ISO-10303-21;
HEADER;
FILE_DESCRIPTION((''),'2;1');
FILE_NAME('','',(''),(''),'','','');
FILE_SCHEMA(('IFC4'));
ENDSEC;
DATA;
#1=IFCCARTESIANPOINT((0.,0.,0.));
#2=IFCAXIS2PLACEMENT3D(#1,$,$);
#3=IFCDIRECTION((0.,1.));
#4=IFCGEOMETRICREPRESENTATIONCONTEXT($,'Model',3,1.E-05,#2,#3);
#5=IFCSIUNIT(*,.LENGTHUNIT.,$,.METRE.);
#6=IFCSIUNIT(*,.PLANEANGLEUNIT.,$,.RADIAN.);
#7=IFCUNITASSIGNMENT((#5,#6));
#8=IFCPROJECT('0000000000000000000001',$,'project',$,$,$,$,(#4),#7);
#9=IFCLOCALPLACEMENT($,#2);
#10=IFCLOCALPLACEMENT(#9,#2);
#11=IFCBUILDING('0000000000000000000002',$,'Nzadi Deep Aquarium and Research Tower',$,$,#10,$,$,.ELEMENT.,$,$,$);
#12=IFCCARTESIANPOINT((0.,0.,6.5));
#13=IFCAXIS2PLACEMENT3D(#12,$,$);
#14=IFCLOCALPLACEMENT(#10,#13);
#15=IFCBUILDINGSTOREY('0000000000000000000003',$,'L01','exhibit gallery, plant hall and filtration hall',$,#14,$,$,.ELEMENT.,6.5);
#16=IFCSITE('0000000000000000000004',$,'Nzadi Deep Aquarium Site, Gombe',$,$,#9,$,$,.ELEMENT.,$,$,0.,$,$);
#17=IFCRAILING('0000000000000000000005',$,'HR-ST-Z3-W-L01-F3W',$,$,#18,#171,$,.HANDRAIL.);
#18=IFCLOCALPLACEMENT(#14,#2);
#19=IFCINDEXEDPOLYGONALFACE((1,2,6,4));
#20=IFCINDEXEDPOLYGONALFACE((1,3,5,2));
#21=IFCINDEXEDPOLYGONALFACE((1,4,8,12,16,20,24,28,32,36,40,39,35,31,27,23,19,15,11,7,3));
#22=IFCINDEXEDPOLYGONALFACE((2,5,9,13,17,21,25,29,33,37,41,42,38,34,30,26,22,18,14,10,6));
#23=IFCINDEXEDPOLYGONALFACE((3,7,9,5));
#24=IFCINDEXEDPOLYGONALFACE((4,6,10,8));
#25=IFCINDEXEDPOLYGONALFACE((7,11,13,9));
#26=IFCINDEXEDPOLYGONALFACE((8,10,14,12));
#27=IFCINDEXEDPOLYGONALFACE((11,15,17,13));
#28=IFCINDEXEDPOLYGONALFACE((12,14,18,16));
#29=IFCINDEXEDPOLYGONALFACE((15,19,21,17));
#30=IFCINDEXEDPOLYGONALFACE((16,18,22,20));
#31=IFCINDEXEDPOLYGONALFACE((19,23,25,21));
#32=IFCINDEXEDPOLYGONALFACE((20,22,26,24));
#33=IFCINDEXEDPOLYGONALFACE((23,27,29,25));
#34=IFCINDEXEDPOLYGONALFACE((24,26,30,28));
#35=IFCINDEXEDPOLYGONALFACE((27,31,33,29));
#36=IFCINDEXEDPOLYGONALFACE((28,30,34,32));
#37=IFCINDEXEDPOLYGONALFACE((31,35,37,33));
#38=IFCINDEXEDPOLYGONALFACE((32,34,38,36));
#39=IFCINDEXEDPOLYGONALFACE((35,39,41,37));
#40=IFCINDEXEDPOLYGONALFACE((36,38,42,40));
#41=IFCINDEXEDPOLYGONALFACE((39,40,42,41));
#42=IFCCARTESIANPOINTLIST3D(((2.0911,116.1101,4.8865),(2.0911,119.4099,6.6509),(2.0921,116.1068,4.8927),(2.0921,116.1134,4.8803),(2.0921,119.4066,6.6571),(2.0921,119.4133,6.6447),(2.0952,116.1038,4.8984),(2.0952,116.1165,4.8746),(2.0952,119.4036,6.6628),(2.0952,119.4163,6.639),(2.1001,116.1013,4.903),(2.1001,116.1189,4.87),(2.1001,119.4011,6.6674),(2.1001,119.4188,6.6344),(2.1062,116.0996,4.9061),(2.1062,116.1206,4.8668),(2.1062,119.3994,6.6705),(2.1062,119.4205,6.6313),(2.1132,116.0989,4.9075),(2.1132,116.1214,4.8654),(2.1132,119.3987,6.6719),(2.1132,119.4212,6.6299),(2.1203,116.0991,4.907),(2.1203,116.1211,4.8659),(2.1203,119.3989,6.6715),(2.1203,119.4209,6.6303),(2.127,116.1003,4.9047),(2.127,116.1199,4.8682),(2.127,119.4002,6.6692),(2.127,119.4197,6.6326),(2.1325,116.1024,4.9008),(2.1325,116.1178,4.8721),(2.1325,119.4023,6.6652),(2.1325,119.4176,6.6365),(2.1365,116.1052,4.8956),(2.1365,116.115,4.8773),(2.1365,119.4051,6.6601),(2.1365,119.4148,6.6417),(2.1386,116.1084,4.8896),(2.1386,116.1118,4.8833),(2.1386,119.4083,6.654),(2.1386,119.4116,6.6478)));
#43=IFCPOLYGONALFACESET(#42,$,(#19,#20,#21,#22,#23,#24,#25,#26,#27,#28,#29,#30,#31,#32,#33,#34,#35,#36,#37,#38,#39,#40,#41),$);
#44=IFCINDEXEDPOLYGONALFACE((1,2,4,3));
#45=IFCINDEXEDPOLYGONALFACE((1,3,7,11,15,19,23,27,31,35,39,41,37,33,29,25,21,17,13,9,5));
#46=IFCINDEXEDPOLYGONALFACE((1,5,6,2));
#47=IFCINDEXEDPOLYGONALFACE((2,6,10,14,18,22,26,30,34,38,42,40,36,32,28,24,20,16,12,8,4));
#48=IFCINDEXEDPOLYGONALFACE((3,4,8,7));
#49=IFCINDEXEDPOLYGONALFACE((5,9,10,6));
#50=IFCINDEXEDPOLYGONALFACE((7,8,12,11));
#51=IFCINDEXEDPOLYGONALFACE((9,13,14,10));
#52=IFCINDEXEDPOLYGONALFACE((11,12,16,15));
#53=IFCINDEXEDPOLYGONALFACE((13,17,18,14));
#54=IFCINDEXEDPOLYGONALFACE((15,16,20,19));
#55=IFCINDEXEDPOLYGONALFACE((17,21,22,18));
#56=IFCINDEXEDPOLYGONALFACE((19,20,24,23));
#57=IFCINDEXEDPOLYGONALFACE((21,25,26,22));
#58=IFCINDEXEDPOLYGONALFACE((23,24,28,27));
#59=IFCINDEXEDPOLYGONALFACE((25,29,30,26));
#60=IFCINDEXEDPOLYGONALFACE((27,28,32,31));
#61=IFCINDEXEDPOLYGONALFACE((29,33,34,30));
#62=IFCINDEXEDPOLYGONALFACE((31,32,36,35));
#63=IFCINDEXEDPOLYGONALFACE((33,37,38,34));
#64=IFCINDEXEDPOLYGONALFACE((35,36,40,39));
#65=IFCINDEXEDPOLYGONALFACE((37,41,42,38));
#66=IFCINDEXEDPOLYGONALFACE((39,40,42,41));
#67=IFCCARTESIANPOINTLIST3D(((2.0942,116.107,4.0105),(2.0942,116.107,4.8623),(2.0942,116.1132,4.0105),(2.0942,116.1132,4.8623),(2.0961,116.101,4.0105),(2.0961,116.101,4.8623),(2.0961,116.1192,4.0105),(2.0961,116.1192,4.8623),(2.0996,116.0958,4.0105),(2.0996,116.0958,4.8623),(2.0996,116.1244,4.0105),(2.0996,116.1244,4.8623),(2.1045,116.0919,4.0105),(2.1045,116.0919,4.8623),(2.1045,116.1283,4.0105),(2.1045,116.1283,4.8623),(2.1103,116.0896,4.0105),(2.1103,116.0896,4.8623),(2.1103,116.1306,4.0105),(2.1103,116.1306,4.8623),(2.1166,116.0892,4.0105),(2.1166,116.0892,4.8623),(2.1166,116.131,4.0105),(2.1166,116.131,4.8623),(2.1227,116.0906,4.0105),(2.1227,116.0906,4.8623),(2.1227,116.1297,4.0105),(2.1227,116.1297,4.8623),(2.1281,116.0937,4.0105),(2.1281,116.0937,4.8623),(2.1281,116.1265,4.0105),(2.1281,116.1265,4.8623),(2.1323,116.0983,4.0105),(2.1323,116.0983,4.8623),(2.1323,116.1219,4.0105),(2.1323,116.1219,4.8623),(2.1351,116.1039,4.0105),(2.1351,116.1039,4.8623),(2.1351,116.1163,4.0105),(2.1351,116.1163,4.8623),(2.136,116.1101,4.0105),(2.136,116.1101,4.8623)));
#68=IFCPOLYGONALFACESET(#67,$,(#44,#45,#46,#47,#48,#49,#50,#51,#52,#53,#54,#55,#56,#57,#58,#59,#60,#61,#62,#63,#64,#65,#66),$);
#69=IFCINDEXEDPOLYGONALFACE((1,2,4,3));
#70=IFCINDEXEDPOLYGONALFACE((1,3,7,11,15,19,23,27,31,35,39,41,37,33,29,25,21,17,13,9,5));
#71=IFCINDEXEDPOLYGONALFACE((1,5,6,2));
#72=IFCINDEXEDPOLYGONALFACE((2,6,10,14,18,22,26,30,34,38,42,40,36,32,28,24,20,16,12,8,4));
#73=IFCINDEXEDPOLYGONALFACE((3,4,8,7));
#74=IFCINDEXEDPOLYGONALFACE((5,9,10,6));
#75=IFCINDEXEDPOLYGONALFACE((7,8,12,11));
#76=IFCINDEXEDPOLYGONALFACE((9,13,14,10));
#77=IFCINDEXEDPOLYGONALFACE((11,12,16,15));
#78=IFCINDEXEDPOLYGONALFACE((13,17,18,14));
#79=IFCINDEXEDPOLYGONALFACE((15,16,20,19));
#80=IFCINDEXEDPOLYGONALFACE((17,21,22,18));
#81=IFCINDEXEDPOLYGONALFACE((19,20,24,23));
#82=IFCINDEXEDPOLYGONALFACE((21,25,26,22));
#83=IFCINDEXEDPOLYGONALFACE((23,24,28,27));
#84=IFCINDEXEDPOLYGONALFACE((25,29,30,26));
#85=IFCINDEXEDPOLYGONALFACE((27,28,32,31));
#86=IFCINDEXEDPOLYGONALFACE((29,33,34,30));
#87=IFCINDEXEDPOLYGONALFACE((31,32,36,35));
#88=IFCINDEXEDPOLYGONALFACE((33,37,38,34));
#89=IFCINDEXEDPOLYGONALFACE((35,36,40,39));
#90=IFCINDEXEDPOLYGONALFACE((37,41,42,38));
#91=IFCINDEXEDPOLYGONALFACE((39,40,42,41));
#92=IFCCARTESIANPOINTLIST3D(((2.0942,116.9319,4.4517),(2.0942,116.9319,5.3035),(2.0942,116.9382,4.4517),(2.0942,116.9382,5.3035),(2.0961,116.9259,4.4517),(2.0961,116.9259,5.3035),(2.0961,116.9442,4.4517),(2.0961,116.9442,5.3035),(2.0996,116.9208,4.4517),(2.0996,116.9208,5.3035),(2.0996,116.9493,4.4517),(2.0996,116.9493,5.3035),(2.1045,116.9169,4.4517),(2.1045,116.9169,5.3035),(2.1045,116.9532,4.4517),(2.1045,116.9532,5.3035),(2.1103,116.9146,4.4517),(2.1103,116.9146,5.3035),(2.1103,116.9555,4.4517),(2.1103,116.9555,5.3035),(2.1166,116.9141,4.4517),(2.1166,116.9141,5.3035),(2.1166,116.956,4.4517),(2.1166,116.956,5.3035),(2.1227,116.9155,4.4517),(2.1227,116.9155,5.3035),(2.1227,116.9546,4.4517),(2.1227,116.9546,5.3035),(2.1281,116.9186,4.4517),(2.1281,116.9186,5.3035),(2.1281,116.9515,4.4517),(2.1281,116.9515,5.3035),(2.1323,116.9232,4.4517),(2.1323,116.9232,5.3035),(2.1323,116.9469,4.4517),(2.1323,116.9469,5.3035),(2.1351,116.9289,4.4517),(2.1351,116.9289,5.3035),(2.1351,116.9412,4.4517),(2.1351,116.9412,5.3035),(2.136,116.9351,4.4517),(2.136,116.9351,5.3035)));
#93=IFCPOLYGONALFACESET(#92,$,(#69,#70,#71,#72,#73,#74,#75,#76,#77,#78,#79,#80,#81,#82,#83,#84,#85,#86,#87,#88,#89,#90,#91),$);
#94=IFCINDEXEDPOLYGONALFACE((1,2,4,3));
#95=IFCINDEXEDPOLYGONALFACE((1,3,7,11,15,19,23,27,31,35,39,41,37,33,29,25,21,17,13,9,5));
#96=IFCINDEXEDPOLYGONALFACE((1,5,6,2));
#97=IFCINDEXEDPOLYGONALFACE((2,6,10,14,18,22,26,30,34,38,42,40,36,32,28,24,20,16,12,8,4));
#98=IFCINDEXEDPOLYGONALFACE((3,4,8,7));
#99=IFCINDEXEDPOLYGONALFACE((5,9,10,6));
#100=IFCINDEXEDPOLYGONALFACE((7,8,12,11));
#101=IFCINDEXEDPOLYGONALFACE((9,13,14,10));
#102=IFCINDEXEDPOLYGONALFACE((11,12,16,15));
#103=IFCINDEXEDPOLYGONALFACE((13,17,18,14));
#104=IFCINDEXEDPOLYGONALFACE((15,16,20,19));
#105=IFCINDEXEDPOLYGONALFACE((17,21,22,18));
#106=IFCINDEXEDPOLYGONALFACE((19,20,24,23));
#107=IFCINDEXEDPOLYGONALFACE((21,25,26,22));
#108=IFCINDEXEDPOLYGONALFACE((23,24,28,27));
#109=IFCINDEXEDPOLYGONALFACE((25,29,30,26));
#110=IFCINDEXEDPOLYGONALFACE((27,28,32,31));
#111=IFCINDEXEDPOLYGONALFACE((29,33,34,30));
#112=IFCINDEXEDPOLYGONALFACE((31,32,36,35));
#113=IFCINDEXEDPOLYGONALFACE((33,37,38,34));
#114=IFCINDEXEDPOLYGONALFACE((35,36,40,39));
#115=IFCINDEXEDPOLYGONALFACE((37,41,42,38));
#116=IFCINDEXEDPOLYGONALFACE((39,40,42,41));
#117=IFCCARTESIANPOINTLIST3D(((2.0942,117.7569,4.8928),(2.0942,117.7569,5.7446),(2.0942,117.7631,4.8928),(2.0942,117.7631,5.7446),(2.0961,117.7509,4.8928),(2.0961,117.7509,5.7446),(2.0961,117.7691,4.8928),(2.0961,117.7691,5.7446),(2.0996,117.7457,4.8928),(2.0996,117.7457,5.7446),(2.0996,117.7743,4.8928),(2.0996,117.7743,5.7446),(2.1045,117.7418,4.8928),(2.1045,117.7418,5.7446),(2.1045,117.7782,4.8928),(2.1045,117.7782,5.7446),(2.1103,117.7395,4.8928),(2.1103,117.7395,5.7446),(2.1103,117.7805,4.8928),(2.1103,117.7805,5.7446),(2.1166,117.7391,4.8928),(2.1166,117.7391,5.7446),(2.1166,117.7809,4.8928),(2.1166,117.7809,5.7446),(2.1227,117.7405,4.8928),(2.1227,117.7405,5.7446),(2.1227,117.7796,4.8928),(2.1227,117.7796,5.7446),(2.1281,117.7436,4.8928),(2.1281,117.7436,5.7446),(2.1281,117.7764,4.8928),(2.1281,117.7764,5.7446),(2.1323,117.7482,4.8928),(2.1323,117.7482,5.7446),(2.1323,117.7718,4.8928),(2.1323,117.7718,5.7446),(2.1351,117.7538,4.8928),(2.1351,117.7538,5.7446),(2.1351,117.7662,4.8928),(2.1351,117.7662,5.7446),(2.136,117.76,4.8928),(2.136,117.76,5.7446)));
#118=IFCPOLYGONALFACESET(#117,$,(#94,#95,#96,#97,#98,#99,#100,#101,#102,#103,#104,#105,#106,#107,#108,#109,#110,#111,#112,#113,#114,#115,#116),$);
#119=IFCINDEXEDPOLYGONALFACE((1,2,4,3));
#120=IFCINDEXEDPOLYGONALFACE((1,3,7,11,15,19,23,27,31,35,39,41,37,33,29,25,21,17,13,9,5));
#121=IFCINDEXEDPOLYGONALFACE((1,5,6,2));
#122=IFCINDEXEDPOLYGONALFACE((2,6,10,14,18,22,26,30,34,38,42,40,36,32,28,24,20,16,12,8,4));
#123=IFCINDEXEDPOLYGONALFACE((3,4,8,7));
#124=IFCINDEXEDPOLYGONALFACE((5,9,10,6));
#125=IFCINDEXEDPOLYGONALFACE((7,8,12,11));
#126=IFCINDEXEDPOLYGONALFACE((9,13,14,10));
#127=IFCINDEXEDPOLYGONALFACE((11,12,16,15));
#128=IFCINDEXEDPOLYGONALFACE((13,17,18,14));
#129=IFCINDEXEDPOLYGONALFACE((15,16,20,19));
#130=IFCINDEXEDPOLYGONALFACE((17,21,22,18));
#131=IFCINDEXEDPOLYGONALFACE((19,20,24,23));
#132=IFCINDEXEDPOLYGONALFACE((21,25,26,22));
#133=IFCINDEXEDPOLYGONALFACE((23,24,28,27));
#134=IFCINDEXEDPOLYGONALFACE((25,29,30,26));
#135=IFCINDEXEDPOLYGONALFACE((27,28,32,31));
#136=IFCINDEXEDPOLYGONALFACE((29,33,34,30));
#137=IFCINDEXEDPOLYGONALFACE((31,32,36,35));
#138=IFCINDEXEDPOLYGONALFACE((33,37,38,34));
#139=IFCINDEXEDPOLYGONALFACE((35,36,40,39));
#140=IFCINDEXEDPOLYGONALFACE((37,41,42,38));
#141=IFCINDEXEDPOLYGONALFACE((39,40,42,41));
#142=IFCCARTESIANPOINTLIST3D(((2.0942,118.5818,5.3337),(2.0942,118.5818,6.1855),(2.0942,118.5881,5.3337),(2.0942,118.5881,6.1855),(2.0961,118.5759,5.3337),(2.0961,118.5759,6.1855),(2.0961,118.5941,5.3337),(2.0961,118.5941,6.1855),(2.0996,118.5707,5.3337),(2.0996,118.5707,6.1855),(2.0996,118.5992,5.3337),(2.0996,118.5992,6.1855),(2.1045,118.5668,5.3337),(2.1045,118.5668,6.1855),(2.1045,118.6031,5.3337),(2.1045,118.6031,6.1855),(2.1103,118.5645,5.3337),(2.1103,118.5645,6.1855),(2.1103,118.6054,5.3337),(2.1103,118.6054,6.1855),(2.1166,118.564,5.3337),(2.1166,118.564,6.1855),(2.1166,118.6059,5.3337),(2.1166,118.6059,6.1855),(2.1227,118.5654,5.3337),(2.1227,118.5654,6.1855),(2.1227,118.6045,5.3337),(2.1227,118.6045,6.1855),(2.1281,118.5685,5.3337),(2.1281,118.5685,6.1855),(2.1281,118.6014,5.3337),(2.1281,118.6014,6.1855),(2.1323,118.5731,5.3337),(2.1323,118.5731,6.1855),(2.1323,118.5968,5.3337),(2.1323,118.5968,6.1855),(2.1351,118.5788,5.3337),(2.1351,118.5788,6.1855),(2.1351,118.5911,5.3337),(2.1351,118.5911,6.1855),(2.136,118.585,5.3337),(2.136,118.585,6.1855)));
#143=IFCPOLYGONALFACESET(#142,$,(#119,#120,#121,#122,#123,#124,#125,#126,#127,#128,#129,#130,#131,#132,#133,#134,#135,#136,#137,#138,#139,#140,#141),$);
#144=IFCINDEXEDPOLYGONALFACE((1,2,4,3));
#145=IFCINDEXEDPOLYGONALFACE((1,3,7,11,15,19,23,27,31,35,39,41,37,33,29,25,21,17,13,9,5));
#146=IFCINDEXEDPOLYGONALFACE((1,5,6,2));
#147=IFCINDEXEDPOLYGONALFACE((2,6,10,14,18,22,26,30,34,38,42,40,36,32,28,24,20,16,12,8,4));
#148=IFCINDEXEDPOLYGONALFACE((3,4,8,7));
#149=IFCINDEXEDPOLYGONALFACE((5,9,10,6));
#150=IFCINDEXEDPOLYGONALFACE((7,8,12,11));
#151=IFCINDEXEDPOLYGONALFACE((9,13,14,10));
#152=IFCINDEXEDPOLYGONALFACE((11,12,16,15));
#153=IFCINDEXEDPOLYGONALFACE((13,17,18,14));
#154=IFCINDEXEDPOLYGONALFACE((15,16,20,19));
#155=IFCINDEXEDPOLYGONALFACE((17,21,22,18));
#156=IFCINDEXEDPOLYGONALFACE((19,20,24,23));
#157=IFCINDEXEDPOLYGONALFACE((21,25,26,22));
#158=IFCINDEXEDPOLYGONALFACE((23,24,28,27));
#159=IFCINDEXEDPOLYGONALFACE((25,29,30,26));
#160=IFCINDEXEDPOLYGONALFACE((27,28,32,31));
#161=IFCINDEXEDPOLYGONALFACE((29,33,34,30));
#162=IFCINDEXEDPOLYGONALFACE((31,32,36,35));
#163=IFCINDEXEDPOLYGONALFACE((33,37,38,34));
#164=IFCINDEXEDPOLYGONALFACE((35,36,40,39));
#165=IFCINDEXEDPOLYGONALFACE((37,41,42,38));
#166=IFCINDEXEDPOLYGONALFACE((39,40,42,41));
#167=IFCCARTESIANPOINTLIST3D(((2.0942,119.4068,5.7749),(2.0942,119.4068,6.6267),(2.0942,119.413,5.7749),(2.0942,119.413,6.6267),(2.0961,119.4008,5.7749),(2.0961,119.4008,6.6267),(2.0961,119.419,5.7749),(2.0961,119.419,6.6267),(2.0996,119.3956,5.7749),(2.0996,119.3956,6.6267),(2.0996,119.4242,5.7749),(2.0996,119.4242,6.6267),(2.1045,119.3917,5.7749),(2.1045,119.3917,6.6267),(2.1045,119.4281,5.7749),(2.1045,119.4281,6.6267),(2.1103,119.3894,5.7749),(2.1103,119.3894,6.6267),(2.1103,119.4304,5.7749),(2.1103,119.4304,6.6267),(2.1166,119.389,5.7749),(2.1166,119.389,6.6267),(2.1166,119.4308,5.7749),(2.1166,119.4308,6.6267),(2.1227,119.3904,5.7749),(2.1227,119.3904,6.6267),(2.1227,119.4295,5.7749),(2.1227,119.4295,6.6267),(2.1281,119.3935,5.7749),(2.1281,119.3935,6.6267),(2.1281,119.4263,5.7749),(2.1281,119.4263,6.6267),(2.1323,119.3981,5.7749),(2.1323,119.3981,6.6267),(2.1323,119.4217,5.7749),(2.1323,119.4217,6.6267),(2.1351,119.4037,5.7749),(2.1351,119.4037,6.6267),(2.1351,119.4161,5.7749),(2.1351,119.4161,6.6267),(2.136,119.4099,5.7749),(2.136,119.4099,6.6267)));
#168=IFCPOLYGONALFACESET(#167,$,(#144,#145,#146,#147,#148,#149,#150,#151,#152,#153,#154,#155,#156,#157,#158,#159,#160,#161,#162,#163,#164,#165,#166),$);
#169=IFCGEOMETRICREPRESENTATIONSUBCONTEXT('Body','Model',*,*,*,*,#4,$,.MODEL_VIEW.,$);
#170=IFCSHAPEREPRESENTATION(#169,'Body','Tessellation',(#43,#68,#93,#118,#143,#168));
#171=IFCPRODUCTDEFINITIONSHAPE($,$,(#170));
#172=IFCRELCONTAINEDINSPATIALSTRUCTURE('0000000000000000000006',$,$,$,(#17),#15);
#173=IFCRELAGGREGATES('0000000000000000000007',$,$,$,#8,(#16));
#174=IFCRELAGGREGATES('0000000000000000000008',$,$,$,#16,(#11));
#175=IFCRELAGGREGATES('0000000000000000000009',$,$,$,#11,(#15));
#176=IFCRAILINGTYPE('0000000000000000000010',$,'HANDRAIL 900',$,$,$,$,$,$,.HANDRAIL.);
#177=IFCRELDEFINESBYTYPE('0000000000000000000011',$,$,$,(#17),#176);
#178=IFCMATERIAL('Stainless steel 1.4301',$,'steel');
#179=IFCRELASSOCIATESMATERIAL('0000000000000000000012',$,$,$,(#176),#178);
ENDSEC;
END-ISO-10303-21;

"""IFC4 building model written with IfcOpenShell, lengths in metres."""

from ifc_helpers import new_model, si_unit, direction, frame, origin, origin_2d, place, context, subcontext, project, spatial, circle, extrude, material, type_object, element, save


model = new_model("IFC4")

# Units and contexts
model_context = context("Model", 3, precision=1e-05, world=origin(), true_north=direction((0.0, 1.0)))
body_context = subcontext(model_context, "Body", "Model", "MODEL_VIEW")
ifc_project = project(units=[si_unit("LENGTHUNIT", "METRE"), si_unit("PLANEANGLEUNIT", "RADIAN")], contexts=[model_context])

# Site, building, storey
site_placement = place(None, origin())
site = spatial("IfcSite", under=ifc_project, at=site_placement, Name="Nzadi Deep Aquarium Site, Gombe", CompositionType="ELEMENT", RefElevation=0.0)
building_placement = place(site_placement, origin())
building = spatial("IfcBuilding", under=site, at=building_placement, Name="Nzadi Deep Aquarium and Research Tower", CompositionType="ELEMENT")
storey_placement = place(building_placement, frame((0.0, 0.0, 6.5)))
storey = spatial("IfcBuildingStorey", under=building, at=storey_placement, Name="L01", Description="exhibit gallery, plant hall and filtration hall", CompositionType="ELEMENT", Elevation=6.5)

# Railing
ifc_material_1 = material(Name="Stainless steel 1.4301", Category="steel")
railing_type = type_object("IfcRailingType", Name="HANDRAIL 900", PredefinedType="HANDRAIL", material=ifc_material_1)
for number, where, name in (
    (1, (2.115, 116.1101, 4.0105), "HR-ST-Z3-W-L01-F3W"),
):
    element("IfcRailing", number, at=place(storey_placement, frame(where)), inside=storey, type_object=railing_type, Name=name, PredefinedType="HANDRAIL", context=body_context, shape_type="SweptSolid", body=[
        extrude(circle(Radius=0.0239, at=origin_2d()), frame((0.0, 0.0, 0.876), z_axis=(0.0, 0.881852, 0.471526), x_axis=(-1.0, 0.0, 0.0)), (0.0, 0.0, 1.0), 3.7419),
        extrude(circle(Radius=0.021, at=origin_2d()), origin(), (0.0, 0.0, 1.0), 0.8518),
        extrude(circle(Radius=0.021, at=origin_2d()), frame((0.0, 0.825, 0.4412)), (0.0, 0.0, 1.0), 0.8518),
        extrude(circle(Radius=0.021, at=origin_2d()), frame((0.0, 1.6499, 0.8823)), (0.0, 0.0, 1.0), 0.8518),
        extrude(circle(Radius=0.021, at=origin_2d()), frame((0.0, 2.4749, 1.3232)), (0.0, 0.0, 1.0), 0.8518),
        extrude(circle(Radius=0.021, at=origin_2d()), frame((0.0, 3.2998, 1.7644)), (0.0, 0.0, 1.0), 0.8518),
    ])

save(model, "model.ifc")
